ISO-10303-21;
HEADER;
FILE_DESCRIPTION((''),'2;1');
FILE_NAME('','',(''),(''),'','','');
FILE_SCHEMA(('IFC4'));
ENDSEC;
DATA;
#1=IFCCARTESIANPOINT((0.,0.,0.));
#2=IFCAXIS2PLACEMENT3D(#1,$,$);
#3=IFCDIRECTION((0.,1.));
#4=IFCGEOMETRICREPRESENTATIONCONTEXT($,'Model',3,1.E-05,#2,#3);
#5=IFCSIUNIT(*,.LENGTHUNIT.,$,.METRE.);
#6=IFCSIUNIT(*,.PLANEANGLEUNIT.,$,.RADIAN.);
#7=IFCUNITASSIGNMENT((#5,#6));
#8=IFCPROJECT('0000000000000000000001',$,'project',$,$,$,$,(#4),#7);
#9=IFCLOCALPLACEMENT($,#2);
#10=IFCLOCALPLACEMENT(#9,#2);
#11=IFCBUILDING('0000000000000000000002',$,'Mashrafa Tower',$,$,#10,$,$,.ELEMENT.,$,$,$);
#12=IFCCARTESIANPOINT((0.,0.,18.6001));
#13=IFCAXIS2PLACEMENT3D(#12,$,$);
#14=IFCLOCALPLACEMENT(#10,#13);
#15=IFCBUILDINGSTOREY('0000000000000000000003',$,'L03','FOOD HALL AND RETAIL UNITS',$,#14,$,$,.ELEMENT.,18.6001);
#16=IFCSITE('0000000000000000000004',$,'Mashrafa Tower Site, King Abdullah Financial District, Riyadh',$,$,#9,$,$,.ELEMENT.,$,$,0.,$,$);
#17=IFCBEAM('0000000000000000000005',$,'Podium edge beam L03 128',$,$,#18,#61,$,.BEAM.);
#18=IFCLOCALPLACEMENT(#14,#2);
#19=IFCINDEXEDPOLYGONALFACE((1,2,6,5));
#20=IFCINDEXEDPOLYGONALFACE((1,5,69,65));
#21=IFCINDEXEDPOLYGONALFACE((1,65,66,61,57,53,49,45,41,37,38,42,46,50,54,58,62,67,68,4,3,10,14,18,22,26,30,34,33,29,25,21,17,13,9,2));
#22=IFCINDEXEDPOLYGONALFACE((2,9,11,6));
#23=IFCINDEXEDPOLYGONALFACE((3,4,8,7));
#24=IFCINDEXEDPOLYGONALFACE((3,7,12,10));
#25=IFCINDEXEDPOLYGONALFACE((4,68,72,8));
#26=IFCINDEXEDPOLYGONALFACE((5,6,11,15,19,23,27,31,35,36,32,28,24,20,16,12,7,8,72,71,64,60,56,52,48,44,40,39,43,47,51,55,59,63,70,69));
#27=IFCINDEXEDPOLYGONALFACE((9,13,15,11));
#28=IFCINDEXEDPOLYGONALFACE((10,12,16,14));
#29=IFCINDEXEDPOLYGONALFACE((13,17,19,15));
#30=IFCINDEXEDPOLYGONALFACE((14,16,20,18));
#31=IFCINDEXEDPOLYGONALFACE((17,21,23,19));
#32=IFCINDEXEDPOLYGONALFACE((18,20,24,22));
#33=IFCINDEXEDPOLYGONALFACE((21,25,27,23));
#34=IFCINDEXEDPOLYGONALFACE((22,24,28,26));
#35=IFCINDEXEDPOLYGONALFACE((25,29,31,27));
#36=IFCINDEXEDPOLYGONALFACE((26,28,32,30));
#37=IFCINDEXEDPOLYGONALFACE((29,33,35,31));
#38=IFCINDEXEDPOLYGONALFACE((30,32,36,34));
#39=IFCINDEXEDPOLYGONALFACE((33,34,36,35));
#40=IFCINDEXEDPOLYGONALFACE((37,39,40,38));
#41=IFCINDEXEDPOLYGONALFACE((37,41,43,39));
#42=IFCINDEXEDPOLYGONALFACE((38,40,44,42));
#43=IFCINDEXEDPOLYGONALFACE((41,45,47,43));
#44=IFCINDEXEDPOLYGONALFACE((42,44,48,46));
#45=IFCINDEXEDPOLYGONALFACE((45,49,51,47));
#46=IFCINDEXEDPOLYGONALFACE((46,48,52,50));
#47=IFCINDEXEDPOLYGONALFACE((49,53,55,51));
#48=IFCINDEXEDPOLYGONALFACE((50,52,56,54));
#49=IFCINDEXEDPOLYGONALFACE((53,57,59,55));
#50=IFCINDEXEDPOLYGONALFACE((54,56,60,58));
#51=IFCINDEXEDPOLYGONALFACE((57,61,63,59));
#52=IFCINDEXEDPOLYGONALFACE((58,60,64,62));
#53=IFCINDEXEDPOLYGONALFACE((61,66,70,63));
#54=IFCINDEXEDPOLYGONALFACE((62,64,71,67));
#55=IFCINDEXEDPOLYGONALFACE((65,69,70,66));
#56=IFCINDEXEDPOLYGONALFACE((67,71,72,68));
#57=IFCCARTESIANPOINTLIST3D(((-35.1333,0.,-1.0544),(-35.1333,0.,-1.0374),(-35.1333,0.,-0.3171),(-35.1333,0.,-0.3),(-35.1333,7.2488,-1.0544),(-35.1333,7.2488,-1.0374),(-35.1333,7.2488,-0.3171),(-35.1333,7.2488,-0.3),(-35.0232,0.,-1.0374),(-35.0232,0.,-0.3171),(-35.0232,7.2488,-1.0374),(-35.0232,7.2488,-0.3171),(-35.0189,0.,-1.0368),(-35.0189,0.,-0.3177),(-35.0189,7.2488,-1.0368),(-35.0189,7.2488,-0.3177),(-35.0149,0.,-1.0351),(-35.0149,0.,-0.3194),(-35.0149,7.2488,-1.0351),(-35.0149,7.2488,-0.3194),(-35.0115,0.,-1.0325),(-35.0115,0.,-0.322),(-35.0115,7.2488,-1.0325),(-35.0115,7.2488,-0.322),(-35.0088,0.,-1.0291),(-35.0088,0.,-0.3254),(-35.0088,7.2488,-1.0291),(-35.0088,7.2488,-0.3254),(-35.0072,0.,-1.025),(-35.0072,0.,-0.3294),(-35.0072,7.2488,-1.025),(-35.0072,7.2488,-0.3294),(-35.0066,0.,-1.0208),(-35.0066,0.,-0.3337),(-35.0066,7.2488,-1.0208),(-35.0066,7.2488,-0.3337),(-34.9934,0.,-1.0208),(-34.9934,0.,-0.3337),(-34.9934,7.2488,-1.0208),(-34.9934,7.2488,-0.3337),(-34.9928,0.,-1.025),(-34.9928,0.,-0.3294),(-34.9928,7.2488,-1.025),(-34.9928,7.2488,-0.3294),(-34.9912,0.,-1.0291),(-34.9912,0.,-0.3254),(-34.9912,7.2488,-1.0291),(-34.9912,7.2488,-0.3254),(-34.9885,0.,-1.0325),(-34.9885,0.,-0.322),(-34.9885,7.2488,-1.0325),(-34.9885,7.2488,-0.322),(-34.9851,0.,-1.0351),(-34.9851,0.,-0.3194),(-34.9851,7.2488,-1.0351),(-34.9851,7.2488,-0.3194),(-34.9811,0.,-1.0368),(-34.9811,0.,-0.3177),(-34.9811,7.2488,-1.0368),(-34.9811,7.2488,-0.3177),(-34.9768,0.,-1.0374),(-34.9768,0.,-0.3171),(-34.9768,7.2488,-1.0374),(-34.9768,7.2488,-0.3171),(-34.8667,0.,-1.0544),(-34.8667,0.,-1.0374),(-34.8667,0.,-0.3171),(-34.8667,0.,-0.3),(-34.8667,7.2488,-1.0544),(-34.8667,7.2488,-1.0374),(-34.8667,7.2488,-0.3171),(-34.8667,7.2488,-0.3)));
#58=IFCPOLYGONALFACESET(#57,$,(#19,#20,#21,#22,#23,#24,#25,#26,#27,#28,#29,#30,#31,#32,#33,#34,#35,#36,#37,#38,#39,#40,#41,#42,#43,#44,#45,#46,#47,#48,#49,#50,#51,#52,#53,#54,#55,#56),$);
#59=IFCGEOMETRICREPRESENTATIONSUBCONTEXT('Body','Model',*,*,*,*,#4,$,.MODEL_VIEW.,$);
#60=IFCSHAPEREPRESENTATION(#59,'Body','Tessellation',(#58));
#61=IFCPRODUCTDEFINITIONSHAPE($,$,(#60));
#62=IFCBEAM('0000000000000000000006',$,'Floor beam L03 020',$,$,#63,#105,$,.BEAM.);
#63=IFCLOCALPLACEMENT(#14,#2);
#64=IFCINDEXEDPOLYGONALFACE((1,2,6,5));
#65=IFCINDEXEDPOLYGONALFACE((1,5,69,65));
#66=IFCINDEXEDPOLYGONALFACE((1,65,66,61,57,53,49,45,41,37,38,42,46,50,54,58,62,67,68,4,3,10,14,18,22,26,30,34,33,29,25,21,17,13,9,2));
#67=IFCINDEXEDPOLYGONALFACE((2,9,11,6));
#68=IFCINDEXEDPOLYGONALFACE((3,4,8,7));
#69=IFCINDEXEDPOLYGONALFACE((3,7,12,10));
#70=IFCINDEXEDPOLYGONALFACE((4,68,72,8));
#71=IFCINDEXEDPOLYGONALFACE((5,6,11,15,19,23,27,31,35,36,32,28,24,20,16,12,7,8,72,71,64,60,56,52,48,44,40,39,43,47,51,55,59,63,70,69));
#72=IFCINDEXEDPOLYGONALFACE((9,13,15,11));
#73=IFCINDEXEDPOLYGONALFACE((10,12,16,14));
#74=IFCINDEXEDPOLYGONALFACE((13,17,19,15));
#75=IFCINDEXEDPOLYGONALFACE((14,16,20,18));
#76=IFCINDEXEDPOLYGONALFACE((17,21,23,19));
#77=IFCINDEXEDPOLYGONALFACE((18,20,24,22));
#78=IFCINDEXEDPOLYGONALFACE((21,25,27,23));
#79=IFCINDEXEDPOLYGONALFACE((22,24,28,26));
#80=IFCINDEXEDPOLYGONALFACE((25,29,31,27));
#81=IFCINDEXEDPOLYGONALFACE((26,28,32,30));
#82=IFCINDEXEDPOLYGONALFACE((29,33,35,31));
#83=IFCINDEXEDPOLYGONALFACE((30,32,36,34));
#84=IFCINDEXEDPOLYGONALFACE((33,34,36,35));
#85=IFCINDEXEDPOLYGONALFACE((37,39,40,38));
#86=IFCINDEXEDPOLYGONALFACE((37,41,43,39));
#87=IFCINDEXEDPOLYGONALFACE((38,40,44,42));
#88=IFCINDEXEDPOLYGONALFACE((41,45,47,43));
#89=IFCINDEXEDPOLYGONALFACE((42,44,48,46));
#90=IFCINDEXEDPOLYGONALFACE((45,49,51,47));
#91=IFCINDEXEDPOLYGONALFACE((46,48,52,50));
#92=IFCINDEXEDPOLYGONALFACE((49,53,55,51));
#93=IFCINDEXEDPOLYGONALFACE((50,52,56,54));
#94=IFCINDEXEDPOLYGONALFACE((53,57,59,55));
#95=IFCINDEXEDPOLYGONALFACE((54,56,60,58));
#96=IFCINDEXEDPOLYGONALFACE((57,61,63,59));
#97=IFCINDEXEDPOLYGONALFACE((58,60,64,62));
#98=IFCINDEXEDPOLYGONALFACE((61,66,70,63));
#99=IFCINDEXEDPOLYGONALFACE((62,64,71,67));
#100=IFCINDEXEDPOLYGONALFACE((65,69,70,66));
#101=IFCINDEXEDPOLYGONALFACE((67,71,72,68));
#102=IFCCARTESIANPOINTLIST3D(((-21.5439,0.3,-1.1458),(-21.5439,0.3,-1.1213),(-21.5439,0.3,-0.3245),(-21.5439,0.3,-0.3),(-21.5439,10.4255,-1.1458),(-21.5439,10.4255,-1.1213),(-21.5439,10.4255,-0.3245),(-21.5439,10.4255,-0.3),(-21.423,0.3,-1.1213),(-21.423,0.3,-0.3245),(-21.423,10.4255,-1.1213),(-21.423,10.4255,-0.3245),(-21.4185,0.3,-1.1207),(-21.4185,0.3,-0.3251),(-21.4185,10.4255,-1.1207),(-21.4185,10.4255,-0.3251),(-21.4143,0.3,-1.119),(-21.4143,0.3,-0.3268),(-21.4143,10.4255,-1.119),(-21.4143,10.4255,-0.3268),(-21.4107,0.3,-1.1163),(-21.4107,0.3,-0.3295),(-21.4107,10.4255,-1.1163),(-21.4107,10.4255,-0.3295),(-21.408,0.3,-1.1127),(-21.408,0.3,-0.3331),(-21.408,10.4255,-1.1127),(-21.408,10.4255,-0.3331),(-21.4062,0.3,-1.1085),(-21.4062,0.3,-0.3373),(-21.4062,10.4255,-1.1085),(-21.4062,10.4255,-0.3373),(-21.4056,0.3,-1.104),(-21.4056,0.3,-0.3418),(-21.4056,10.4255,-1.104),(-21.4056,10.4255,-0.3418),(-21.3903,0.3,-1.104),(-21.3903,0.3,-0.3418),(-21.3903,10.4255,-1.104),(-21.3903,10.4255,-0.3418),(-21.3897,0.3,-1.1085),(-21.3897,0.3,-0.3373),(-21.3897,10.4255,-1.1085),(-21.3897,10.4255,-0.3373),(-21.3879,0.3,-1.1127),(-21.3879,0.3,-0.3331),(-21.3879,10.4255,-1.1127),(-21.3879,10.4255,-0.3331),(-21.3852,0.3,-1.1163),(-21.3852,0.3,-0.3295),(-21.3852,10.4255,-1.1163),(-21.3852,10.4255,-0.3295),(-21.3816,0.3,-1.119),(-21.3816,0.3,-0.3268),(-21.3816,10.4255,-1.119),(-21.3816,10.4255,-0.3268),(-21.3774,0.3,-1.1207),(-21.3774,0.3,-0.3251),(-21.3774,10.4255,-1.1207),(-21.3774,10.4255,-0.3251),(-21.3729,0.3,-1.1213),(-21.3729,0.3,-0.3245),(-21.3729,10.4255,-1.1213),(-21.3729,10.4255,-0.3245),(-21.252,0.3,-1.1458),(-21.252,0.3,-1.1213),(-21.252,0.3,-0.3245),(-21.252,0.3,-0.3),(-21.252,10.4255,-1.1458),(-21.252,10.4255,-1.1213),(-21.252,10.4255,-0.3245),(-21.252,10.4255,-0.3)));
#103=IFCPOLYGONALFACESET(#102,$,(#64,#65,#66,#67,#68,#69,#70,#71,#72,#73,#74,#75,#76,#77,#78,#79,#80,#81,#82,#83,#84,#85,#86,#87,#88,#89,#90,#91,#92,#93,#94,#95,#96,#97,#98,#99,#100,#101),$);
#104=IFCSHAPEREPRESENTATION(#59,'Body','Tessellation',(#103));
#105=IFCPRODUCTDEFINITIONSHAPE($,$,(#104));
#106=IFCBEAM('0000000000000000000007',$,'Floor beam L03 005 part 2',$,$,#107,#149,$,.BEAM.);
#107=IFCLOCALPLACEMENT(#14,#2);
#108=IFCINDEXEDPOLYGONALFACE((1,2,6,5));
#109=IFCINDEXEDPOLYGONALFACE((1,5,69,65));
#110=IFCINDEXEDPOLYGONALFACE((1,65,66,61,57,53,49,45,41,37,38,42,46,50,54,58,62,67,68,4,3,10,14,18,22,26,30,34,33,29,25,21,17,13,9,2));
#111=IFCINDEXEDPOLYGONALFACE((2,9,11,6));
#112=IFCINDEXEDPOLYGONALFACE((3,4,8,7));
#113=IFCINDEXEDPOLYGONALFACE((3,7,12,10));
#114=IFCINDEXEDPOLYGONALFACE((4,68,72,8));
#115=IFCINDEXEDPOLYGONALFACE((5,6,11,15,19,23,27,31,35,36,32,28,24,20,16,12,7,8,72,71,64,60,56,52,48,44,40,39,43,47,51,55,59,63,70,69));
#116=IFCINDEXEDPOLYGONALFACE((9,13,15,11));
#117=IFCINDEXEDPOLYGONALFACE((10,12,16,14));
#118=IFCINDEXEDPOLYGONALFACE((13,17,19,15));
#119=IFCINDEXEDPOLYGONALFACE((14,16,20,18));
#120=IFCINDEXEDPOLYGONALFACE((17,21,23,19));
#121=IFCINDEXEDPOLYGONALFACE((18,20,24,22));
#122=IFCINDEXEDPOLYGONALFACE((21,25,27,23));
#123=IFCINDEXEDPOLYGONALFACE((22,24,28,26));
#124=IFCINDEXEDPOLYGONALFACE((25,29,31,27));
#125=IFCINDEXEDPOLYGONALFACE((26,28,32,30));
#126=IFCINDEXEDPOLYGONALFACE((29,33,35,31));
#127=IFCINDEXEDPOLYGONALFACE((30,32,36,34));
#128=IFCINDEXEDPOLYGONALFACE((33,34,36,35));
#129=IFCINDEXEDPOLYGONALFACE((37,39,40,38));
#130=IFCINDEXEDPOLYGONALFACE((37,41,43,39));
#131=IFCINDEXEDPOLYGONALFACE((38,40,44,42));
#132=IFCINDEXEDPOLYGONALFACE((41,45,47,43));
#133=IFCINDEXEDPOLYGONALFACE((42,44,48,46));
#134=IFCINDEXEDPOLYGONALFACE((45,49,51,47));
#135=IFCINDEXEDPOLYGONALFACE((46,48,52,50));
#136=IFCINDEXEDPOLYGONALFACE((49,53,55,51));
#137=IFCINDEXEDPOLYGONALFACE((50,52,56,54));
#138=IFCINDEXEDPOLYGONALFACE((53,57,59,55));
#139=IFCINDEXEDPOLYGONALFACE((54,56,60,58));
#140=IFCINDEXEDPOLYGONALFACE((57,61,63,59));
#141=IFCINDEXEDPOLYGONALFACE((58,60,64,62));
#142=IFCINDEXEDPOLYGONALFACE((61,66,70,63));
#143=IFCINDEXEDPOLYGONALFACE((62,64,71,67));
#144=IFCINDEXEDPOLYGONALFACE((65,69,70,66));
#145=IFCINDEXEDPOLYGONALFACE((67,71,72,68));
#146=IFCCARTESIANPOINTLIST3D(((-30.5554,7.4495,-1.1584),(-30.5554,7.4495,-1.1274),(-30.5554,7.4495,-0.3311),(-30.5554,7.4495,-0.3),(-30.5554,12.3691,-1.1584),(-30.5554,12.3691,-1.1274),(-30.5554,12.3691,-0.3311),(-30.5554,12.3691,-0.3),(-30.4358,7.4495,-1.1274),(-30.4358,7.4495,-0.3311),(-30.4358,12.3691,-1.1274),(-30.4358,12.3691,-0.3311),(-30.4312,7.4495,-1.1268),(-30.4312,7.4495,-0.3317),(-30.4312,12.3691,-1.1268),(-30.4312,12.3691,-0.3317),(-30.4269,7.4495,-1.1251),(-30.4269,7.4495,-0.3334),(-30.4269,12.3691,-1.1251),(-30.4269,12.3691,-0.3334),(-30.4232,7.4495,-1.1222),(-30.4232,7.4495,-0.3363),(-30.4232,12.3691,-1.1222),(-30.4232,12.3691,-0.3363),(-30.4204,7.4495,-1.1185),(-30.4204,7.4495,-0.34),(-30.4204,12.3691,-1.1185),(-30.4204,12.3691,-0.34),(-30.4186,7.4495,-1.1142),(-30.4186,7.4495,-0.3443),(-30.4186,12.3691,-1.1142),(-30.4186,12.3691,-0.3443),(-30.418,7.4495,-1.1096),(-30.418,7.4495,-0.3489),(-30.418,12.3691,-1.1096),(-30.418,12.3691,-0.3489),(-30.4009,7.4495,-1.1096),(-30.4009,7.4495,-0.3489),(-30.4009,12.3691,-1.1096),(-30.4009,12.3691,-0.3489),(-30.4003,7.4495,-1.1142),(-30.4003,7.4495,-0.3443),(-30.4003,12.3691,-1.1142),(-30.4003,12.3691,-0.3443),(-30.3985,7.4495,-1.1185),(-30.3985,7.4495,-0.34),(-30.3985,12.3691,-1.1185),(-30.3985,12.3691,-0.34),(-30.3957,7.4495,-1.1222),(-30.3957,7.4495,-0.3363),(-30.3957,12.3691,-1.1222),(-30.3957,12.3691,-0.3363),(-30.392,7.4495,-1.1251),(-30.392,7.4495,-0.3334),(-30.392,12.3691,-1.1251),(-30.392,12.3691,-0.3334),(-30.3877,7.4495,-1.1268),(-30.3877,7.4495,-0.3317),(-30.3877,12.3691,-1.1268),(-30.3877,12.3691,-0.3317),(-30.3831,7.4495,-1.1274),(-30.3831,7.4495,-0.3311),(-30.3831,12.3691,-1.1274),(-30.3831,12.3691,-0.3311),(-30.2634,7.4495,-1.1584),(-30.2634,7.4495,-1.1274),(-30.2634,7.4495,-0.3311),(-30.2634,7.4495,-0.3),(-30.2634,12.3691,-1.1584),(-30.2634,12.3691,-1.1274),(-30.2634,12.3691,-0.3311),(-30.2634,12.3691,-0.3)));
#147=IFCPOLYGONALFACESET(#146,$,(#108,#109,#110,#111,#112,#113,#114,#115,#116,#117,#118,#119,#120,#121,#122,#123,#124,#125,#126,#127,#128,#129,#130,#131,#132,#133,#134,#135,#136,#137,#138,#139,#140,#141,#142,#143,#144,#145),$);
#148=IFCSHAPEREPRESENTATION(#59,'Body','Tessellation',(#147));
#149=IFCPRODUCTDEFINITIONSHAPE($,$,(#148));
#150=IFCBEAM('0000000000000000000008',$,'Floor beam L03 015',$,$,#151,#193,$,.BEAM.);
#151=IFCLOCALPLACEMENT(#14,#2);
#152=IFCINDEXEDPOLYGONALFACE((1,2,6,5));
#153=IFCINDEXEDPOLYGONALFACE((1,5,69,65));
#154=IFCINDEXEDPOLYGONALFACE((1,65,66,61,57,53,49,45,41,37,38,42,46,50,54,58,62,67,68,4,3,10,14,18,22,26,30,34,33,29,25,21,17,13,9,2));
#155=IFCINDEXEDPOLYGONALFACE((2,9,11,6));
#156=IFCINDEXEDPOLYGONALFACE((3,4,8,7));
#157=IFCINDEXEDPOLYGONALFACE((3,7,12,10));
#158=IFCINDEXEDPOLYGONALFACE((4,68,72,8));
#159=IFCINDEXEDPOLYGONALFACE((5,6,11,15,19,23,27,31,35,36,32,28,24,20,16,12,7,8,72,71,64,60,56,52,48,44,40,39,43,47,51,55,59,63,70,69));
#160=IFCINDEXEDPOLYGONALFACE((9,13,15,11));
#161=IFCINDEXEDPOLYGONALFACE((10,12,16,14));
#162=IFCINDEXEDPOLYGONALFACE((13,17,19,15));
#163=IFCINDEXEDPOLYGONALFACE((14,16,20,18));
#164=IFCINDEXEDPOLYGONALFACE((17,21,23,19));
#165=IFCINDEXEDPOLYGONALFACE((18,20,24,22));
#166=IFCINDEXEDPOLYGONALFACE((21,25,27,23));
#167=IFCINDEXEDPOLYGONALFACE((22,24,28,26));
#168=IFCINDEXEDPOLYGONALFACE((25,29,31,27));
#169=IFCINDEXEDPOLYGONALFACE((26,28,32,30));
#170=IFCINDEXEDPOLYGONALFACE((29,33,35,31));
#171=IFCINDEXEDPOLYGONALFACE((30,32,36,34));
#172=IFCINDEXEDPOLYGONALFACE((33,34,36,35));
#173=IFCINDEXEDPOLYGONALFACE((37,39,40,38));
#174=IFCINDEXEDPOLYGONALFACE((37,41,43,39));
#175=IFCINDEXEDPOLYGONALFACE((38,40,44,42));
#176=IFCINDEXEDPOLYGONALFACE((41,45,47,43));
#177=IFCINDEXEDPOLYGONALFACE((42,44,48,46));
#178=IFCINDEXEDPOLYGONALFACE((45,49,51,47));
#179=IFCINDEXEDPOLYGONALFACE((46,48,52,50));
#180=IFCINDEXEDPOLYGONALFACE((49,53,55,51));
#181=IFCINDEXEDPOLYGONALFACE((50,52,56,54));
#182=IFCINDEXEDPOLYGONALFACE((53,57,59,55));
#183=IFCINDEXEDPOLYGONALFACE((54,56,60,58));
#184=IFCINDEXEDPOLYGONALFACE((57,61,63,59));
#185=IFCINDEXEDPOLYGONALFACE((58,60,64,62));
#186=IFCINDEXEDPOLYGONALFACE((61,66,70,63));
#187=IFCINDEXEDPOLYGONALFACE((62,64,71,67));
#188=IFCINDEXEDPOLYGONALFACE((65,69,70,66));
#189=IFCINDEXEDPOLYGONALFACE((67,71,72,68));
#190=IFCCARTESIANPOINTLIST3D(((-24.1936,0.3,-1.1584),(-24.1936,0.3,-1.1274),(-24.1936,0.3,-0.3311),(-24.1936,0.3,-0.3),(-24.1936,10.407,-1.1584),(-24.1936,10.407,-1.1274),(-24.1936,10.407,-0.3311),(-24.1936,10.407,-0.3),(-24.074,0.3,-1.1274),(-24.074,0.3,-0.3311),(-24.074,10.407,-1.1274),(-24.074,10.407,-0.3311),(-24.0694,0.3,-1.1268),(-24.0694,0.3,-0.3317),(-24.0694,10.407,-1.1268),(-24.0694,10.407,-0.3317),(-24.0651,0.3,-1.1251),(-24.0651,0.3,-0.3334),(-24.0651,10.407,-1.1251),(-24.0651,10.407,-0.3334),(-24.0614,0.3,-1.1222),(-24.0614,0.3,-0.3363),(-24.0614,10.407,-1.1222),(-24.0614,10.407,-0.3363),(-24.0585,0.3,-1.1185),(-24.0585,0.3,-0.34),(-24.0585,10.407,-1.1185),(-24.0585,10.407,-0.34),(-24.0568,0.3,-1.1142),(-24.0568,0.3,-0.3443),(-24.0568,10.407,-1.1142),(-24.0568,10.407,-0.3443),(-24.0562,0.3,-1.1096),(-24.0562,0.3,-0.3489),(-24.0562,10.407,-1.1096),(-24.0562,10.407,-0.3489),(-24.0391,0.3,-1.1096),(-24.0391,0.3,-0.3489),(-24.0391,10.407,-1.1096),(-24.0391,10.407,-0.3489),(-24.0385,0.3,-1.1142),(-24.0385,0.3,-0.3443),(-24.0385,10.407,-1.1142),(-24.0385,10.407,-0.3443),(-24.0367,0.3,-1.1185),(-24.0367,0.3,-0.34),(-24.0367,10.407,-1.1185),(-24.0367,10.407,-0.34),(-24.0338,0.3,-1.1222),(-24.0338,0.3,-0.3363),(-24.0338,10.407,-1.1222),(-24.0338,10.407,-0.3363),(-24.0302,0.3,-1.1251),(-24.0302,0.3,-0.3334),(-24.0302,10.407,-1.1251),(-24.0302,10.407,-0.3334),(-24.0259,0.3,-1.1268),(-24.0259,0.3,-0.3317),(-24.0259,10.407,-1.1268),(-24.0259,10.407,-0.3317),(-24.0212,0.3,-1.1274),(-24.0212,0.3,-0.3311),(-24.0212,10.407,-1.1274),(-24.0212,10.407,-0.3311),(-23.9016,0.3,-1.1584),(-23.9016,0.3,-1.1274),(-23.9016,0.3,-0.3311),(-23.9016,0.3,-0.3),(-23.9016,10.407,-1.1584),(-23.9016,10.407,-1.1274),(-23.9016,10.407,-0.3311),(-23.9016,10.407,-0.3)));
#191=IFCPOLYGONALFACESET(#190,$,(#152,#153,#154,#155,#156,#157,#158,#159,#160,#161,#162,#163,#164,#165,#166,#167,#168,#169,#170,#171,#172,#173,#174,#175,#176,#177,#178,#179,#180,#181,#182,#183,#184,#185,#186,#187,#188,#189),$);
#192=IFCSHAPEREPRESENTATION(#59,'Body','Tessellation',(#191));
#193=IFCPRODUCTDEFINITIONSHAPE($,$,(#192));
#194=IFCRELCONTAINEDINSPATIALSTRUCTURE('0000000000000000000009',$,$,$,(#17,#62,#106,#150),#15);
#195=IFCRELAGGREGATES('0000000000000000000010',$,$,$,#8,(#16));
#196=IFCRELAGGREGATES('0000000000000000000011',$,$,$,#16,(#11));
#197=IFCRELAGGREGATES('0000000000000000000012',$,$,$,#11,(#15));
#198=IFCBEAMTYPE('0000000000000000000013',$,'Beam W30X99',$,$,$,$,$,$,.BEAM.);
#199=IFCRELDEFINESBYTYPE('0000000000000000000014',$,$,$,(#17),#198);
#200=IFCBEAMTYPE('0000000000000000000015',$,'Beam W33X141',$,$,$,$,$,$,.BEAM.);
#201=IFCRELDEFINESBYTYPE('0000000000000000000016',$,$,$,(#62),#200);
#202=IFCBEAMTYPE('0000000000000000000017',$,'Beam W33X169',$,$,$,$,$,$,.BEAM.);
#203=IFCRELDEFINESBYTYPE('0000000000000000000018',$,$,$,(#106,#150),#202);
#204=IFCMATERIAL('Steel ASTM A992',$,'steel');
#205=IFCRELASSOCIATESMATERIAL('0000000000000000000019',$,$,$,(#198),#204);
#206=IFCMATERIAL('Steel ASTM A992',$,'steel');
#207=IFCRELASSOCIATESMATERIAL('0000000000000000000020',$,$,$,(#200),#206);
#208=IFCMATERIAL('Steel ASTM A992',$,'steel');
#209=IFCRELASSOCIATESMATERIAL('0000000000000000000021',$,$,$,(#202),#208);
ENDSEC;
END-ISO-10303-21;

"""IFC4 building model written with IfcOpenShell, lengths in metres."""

from ifc_helpers import new_model, si_unit, direction, frame, origin, origin_2d, place, context, subcontext, project, spatial, i_section, extrude, material, material_profile, profile_set, type_object, element, save


model = new_model("IFC4")

# Units and contexts
model_context = context("Model", 3, precision=1e-05, world=origin(), true_north=direction((0.0, 1.0)))
body_context = subcontext(model_context, "Body", "Model", "MODEL_VIEW")
ifc_project = project(units=[si_unit("LENGTHUNIT", "METRE"), si_unit("PLANEANGLEUNIT", "RADIAN")], contexts=[model_context])

# Site, building, storey
site_placement = place(None, origin())
site = spatial("IfcSite", under=ifc_project, at=site_placement, Name="Mashrafa Tower Site, King Abdullah Financial District, Riyadh", CompositionType="ELEMENT", RefElevation=0.0)
building_placement = place(site_placement, origin())
building = spatial("IfcBuilding", under=site, at=building_placement, Name="Mashrafa Tower", CompositionType="ELEMENT")
storey_placement = place(building_placement, frame((0.0, 0.0, 18.6001)))
storey = spatial("IfcBuildingStorey", under=building, at=storey_placement, Name="L03", Description="FOOD HALL AND RETAIL UNITS", CompositionType="ELEMENT", Elevation=18.6001)

# Beams
ifc_material_1 = material(Name="Steel ASTM A992", Category="steel")
ifc_material_profile_1 = material_profile(ifc_material_1, i_section(OverallWidth=0.2666, OverallDepth=0.7544, WebThickness=0.0132, FlangeThickness=0.0171, FilletRadius=0.0166, at=origin_2d()), Name="W30X99")
ifc_profile_set_1 = profile_set([ifc_material_profile_1], Name="Steel ASTM A992")
beam_type_1 = type_object("IfcBeamType", Name="Beam W30X99", PredefinedType="BEAM", material=ifc_profile_set_1)
beam_1_placement = place(storey_placement, frame((-35.0, 7.2488, -0.6772), z_axis=(0.0, -1.0, 0.0), x_axis=(1.0, 0.0, 0.0)))
element("IfcBeam", 1, at=beam_1_placement, inside=storey, type_object=beam_type_1, Name="Podium edge beam L03 128", PredefinedType="BEAM", context=body_context, shape_type="SweptSolid", body=[
    extrude(i_section(OverallWidth=0.2666, OverallDepth=0.7544, WebThickness=0.0132, FlangeThickness=0.0171, FilletRadius=0.0166, at=origin_2d()), origin(), (0.0, 0.0, 1.0), 7.2488),
])
ifc_material_2 = material(Name="Steel ASTM A992", Category="steel")
ifc_material_profile_2 = material_profile(ifc_material_2, i_section(OverallWidth=0.292, OverallDepth=0.8457, WebThickness=0.0154, FlangeThickness=0.0244, FilletRadius=0.0173, at=origin_2d()), Name="W33X141")
ifc_profile_set_2 = profile_set([ifc_material_profile_2], Name="Steel ASTM A992")
beam_type_2 = type_object("IfcBeamType", Name="Beam W33X141", PredefinedType="BEAM", material=ifc_profile_set_2)
beam_2_placement = place(storey_placement, frame((-21.3979, 0.3, -0.7229), z_axis=(0.0, 1.0, 0.0), x_axis=(-1.0, 0.0, 0.0)))
element("IfcBeam", 2, at=beam_2_placement, inside=storey, type_object=beam_type_2, Name="Floor beam L03 020", PredefinedType="BEAM", context=body_context, shape_type="SweptSolid", body=[
    extrude(i_section(OverallWidth=0.292, OverallDepth=0.8457, WebThickness=0.0154, FlangeThickness=0.0244, FilletRadius=0.0173, at=origin_2d()), origin(), (0.0, 0.0, 1.0), 10.1255),
])
ifc_material_3 = material(Name="Steel ASTM A992", Category="steel")
ifc_material_profile_3 = material_profile(ifc_material_3, i_section(OverallWidth=0.292, OverallDepth=0.8584, WebThickness=0.0171, FlangeThickness=0.031, FilletRadius=0.0178, at=origin_2d()), Name="W33X169")
ifc_profile_set_3 = profile_set([ifc_material_profile_3], Name="Steel ASTM A992")
beam_type_3 = type_object("IfcBeamType", Name="Beam W33X169", PredefinedType="BEAM", material=ifc_profile_set_3)
beam_3_placement = place(storey_placement, frame((-30.4094, 7.4495, -0.7292), z_axis=(0.0, 1.0, 0.0), x_axis=(-1.0, 0.0, 0.0)))
element("IfcBeam", 3, at=beam_3_placement, inside=storey, type_object=beam_type_3, Name="Floor beam L03 005 part 2", PredefinedType="BEAM", context=body_context, shape_type="SweptSolid", body=[
    extrude(i_section(OverallWidth=0.292, OverallDepth=0.8584, WebThickness=0.0171, FlangeThickness=0.031, FilletRadius=0.0178, at=origin_2d()), origin(), (0.0, 0.0, 1.0), 4.9197),
])
beam_4_placement = place(storey_placement, frame((-24.0476, 0.3, -0.7292), z_axis=(0.0, 1.0, 0.0), x_axis=(-1.0, 0.0, 0.0)))
element("IfcBeam", 4, at=beam_4_placement, inside=storey, type_object=beam_type_3, Name="Floor beam L03 015", PredefinedType="BEAM", context=body_context, shape_type="SweptSolid", body=[
    extrude(i_section(OverallWidth=0.292, OverallDepth=0.8584, WebThickness=0.0171, FlangeThickness=0.031, FilletRadius=0.0178, at=origin_2d()), origin(), (0.0, 0.0, 1.0), 10.1069),
])

save(model, "model.ifc")
